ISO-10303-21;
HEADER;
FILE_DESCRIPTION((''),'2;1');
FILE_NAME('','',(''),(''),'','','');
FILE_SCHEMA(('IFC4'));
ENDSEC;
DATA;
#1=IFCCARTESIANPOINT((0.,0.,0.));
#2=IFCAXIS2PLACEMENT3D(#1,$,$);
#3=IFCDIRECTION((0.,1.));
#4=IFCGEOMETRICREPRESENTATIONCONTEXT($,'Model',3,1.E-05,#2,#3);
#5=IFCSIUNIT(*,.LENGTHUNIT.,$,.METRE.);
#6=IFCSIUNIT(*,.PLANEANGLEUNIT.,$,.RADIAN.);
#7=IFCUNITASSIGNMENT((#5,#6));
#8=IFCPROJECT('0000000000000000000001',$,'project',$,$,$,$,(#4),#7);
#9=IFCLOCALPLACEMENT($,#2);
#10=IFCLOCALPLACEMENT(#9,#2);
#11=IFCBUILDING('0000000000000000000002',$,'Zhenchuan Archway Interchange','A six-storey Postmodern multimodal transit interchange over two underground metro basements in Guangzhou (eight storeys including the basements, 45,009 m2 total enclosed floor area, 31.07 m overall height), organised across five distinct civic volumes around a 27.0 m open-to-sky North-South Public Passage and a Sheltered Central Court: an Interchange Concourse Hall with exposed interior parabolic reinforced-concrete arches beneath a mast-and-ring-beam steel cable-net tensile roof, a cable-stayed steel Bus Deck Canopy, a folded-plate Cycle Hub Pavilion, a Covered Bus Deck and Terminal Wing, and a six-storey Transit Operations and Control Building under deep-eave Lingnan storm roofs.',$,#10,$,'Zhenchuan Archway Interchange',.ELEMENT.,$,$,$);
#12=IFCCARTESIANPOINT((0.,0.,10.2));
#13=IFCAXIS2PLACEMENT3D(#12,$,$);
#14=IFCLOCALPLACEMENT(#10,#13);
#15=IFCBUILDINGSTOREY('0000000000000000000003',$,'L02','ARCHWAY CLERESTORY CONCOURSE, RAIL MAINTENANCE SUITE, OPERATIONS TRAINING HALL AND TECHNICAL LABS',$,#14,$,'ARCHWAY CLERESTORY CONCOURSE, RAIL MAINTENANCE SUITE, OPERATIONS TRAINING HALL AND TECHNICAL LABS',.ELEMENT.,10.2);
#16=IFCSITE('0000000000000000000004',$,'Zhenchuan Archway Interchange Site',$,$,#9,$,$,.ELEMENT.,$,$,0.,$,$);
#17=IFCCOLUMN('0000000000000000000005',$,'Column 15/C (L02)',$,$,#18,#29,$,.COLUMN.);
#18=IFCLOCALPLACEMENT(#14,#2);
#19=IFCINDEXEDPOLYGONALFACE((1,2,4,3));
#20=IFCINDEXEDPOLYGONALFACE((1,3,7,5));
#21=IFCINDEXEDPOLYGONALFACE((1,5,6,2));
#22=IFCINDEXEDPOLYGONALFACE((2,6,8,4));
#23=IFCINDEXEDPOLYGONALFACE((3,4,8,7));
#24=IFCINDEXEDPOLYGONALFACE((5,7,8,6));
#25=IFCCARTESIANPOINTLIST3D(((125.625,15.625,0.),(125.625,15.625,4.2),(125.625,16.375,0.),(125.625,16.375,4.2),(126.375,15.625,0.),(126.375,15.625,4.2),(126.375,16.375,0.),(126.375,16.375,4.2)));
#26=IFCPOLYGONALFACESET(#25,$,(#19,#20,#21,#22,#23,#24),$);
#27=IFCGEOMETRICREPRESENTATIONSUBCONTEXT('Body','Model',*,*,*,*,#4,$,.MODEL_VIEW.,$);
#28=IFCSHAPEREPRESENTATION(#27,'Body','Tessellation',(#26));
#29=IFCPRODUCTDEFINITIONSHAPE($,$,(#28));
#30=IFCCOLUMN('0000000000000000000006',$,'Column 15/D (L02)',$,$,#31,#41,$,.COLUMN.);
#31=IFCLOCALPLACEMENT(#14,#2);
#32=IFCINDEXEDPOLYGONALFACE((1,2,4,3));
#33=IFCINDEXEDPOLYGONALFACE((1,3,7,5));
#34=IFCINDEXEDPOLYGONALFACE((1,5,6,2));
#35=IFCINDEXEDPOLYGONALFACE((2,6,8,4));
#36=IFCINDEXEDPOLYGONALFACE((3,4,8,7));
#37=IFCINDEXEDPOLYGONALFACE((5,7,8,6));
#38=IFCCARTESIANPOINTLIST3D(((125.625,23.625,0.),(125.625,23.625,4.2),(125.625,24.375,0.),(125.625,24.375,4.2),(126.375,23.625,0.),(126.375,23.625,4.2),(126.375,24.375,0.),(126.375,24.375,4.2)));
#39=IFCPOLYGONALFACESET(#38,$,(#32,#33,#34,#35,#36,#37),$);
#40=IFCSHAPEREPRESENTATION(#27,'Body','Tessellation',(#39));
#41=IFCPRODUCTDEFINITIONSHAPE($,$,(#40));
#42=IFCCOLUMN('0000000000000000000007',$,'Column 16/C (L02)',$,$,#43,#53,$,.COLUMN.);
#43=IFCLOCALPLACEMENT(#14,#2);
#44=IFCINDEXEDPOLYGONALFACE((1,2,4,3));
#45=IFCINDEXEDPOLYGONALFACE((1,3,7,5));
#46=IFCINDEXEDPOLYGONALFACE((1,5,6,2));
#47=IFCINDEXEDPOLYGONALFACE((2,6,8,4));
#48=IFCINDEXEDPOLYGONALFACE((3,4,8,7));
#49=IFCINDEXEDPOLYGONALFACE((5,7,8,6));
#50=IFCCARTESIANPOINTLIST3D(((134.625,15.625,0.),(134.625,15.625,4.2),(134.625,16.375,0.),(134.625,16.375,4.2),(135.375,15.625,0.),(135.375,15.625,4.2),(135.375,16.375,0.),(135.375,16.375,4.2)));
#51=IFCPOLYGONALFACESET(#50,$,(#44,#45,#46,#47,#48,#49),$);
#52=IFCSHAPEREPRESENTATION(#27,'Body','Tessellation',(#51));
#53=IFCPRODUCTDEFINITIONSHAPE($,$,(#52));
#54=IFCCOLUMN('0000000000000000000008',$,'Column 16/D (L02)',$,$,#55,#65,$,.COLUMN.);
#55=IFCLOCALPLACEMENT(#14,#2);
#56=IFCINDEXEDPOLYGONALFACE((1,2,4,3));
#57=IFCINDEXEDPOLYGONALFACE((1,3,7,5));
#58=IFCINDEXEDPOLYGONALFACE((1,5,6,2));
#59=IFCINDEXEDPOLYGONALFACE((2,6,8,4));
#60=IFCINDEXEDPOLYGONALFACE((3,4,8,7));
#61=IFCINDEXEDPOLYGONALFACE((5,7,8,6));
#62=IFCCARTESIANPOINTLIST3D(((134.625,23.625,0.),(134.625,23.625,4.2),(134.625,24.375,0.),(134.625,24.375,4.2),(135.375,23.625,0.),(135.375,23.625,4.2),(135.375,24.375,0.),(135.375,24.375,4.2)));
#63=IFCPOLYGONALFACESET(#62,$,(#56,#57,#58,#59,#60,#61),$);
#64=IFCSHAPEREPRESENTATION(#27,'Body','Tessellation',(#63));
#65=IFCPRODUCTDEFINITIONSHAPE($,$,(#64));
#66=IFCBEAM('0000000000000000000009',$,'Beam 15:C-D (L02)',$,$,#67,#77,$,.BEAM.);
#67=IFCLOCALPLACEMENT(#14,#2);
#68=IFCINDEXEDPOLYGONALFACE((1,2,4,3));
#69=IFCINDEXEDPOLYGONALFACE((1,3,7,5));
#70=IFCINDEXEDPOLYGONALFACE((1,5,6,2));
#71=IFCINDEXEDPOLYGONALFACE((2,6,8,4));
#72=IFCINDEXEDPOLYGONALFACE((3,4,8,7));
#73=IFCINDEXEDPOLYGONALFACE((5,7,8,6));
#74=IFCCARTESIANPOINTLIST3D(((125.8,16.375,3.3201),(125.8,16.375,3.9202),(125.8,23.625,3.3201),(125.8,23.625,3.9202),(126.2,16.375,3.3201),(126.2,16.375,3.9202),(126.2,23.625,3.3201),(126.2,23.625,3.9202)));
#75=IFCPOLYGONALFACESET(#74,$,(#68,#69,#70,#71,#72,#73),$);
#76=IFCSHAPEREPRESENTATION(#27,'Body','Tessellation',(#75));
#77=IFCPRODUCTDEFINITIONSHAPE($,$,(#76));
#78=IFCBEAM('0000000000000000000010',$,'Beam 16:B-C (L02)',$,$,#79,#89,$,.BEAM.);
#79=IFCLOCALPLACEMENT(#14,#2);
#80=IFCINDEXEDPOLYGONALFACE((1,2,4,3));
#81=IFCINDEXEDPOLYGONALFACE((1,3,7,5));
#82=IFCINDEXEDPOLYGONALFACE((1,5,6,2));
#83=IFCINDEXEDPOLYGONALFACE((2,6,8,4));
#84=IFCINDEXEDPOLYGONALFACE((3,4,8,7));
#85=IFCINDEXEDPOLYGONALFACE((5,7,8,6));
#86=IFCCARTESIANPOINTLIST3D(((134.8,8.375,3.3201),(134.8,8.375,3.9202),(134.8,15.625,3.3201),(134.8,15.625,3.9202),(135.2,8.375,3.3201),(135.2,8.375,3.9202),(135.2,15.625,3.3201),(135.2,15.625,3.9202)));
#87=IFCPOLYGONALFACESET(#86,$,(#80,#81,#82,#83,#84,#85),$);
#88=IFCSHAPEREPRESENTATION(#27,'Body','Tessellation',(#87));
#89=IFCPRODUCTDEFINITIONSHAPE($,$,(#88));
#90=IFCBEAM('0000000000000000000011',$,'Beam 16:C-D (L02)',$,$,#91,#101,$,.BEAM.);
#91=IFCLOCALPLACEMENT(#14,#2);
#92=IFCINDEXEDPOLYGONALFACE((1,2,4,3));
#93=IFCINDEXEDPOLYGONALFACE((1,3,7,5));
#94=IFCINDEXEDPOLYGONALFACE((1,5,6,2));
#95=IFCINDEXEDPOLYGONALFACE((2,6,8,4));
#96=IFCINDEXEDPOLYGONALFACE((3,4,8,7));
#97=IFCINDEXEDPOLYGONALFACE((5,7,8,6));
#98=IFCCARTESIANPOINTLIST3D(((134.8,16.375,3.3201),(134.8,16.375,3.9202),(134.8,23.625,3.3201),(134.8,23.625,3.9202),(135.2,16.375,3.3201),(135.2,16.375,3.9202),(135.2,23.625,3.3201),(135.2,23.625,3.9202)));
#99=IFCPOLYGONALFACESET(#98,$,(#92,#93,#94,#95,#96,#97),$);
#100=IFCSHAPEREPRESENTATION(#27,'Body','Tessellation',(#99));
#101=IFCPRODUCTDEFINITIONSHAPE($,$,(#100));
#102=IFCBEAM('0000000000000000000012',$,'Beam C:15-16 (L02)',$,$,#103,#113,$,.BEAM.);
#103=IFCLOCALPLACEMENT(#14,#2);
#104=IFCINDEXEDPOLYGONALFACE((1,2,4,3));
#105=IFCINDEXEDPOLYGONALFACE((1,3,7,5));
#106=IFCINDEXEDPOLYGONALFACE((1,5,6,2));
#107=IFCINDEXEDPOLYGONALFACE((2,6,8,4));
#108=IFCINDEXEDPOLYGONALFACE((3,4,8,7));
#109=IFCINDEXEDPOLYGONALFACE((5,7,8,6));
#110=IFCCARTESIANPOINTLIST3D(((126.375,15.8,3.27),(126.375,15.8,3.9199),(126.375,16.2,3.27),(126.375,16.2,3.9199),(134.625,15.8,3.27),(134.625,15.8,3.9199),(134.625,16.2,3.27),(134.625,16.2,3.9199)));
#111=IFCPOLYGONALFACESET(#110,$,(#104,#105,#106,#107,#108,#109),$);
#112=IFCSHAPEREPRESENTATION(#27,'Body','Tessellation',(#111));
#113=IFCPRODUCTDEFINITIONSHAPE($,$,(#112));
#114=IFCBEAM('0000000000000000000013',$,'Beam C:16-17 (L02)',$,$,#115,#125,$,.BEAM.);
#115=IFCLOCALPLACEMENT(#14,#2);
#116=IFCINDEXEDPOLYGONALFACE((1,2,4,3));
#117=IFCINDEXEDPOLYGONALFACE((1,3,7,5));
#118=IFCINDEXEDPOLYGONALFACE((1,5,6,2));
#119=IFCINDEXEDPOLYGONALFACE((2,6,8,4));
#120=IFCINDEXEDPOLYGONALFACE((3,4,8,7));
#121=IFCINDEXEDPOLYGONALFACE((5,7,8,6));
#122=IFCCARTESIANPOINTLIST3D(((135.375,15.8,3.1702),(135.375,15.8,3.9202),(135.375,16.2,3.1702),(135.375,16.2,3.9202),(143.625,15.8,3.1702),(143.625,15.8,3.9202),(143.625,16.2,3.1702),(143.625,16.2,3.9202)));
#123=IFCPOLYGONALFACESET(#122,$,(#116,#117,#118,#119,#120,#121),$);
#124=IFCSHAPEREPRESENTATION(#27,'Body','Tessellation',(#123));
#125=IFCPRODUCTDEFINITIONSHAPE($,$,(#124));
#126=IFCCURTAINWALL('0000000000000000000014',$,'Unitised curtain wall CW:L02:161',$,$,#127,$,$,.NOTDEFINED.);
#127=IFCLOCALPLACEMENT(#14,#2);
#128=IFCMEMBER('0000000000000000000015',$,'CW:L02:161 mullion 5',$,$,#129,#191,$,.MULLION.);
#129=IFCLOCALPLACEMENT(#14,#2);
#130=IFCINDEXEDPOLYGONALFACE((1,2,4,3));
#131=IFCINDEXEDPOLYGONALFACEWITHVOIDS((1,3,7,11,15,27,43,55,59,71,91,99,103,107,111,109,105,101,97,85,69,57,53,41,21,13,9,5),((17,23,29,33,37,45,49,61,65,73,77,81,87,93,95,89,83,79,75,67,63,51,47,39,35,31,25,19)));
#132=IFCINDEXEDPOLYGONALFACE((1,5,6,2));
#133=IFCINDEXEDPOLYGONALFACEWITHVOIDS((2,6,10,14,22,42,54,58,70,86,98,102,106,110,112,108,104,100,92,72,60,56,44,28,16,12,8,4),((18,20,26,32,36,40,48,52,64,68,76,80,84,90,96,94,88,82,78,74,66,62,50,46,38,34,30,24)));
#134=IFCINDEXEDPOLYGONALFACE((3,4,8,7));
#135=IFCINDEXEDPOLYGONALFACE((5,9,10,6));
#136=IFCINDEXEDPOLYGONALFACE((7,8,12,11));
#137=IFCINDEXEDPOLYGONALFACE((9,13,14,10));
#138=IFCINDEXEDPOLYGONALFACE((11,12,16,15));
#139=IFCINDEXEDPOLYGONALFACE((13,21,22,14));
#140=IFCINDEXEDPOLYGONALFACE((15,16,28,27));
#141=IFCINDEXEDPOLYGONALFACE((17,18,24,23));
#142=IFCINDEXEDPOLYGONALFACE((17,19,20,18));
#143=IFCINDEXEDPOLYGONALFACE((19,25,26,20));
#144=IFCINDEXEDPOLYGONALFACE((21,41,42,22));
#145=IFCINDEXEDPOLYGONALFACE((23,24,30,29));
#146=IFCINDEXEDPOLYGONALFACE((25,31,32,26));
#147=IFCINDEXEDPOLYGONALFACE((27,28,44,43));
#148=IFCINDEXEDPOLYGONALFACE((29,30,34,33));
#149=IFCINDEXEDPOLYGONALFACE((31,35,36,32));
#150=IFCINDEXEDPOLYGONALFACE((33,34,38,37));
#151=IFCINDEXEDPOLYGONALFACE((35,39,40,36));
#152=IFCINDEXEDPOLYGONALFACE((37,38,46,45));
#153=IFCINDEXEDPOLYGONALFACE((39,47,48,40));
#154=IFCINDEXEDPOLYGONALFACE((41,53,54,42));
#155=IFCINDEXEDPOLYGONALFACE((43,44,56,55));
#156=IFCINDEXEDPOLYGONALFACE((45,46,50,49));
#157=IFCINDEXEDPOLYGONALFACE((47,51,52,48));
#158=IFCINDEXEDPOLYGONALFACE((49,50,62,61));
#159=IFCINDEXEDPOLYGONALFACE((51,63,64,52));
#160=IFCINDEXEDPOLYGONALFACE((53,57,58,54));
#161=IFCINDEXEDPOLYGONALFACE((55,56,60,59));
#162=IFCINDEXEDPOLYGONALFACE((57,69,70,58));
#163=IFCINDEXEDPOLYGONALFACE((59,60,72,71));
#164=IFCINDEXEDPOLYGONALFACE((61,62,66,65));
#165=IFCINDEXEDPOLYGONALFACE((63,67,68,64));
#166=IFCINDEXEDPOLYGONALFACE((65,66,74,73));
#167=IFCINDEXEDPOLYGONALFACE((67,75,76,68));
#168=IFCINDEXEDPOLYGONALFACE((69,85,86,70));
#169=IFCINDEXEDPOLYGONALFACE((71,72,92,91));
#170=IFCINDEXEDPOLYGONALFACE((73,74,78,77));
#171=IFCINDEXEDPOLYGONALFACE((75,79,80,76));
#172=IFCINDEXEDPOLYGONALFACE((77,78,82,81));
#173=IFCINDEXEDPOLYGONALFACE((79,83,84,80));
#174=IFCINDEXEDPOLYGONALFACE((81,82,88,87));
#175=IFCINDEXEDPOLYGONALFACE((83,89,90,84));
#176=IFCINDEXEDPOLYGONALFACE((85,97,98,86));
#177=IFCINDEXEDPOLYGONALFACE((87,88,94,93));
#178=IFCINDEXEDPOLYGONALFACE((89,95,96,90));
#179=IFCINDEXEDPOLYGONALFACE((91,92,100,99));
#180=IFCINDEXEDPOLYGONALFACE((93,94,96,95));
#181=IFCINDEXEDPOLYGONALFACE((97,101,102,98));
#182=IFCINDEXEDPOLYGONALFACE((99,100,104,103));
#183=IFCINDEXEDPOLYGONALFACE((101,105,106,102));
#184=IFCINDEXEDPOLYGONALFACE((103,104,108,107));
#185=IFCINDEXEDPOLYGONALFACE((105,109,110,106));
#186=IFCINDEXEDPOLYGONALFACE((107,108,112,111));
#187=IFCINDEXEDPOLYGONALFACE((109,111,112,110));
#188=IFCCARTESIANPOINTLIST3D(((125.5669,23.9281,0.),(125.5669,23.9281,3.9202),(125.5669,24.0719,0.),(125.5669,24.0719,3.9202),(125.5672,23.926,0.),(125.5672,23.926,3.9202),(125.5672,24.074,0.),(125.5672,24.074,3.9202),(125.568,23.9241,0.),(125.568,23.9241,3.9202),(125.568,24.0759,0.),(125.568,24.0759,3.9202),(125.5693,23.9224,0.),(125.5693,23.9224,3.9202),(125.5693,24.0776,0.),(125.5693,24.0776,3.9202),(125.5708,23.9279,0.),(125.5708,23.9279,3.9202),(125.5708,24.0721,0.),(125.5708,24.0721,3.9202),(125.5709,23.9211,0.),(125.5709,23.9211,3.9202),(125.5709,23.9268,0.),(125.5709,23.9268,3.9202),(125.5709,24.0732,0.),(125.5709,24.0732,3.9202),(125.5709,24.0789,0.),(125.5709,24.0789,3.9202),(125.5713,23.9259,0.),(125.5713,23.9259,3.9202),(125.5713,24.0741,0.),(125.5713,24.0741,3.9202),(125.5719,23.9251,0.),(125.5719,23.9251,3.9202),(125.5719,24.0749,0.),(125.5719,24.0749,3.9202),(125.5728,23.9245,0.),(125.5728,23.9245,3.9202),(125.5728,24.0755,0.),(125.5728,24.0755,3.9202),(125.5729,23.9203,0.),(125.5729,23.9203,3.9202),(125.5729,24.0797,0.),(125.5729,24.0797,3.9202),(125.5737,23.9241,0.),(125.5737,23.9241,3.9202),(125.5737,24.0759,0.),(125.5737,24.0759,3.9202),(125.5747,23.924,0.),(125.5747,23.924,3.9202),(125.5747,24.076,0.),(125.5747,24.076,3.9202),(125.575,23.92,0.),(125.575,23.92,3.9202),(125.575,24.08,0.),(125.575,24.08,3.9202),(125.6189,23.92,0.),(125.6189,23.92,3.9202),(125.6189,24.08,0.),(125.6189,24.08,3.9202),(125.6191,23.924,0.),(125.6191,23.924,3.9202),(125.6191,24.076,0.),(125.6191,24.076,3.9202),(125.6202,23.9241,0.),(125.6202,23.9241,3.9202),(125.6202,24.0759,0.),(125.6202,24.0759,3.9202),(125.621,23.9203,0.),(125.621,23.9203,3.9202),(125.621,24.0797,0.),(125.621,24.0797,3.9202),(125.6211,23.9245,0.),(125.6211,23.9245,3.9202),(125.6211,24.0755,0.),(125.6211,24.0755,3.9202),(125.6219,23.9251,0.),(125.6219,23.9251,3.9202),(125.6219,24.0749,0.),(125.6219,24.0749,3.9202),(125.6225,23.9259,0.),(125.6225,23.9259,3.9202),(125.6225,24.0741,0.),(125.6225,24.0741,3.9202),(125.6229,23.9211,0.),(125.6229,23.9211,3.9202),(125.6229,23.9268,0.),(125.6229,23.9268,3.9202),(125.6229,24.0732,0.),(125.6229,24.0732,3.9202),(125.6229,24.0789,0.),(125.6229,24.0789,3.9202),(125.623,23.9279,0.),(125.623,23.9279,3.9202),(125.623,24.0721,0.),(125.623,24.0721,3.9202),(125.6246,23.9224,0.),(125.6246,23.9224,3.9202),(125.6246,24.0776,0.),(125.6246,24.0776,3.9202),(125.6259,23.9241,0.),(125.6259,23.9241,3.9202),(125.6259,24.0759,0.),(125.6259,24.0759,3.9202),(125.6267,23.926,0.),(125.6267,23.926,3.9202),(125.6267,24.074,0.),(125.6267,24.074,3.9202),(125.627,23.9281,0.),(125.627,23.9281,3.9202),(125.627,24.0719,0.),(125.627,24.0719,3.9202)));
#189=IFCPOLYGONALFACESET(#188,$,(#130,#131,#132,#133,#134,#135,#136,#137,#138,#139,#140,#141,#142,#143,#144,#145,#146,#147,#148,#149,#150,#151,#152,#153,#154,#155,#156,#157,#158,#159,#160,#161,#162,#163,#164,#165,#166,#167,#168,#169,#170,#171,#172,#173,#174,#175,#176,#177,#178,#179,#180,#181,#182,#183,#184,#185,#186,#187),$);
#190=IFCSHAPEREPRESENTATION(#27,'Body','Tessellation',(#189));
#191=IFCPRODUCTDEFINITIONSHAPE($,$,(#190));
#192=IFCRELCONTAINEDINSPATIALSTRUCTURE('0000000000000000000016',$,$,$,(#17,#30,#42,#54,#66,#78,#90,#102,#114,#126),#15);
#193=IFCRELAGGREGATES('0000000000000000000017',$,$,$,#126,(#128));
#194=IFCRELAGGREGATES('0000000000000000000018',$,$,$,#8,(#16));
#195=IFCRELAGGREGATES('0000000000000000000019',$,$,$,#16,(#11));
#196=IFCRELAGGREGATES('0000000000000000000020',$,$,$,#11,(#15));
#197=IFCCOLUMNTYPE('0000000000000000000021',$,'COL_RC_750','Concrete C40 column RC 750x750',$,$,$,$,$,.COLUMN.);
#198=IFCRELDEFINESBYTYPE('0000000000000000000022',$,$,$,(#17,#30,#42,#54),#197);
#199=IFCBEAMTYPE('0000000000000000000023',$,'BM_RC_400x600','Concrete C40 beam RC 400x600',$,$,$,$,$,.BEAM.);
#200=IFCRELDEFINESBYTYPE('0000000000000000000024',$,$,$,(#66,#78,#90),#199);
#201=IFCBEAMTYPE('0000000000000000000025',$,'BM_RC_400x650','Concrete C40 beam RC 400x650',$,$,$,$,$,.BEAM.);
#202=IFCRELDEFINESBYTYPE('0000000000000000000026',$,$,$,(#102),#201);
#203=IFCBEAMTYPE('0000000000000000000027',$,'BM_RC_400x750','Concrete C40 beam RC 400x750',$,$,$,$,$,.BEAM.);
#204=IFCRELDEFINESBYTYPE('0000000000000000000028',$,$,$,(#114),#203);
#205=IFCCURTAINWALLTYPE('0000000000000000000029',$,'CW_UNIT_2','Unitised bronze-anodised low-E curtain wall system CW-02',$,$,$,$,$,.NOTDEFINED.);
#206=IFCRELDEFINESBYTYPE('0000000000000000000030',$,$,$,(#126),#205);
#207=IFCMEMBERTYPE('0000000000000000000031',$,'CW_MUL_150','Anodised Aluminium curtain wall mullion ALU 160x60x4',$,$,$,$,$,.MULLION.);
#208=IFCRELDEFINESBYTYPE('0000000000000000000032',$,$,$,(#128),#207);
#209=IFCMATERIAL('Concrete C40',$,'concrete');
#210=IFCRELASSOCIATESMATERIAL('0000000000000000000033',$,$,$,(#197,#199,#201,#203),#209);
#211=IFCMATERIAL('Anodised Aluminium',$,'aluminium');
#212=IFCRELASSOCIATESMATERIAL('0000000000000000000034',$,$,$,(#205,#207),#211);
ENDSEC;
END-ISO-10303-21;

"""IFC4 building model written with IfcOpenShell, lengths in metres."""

from ifc_helpers import new_model, si_unit, direction, frame, origin, origin_2d, place, context, subcontext, project, spatial, rectangle, hollow_rectangle, extrude, material, material_profile, profile_set, type_object, element, aggregate, save


model = new_model("IFC4")

# Units and contexts
model_context = context("Model", 3, precision=1e-05, world=origin(), true_north=direction((0.0, 1.0)))
body_context = subcontext(model_context, "Body", "Model", "MODEL_VIEW")
ifc_project = project(units=[si_unit("LENGTHUNIT", "METRE"), si_unit("PLANEANGLEUNIT", "RADIAN")], contexts=[model_context])

# Site, building, storey
site_placement = place(None, origin())
site = spatial("IfcSite", under=ifc_project, at=site_placement, Name="Zhenchuan Archway Interchange Site", CompositionType="ELEMENT", RefElevation=0.0)
building_placement = place(site_placement, origin())
building = spatial("IfcBuilding", under=site, at=building_placement, Name="Zhenchuan Archway Interchange", Description="A six-storey Postmodern multimodal transit interchange over two underground metro basements in Guangzhou (eight storeys including the basements, 45,009 m2 total enclosed floor area, 31.07 m overall height), organised across five distinct civic volumes around a 27.0 m open-to-sky North-South Public Passage and a Sheltered Central Court: an Interchange Concourse Hall with exposed interior parabolic reinforced-concrete arches beneath a mast-and-ring-beam steel cable-net tensile roof, a cable-stayed steel Bus Deck Canopy, a folded-plate Cycle Hub Pavilion, a Covered Bus Deck and Terminal Wing, and a six-storey Transit Operations and Control Building under deep-eave Lingnan storm roofs.", LongName="Zhenchuan Archway Interchange", CompositionType="ELEMENT")
storey_placement = place(building_placement, frame((0.0, 0.0, 10.2)))
storey = spatial("IfcBuildingStorey", under=building, at=storey_placement, Name="L02", Description="ARCHWAY CLERESTORY CONCOURSE, RAIL MAINTENANCE SUITE, OPERATIONS TRAINING HALL AND TECHNICAL LABS", LongName="ARCHWAY CLERESTORY CONCOURSE, RAIL MAINTENANCE SUITE, OPERATIONS TRAINING HALL AND TECHNICAL LABS", CompositionType="ELEMENT", Elevation=10.2)

# Columns
ifc_material_1 = material(Name="Concrete C40", Category="concrete")
ifc_material_profile_1 = material_profile(ifc_material_1, rectangle(XDim=0.75, YDim=0.75, at=origin_2d()), Name="RC 750x750")
ifc_profile_set_1 = profile_set([ifc_material_profile_1], Name="Concrete C40")
column_type = type_object("IfcColumnType", Name="COL_RC_750", Description="Concrete C40 column RC 750x750", PredefinedType="COLUMN", material=ifc_profile_set_1)
for number, where, z_axis, x_axis, name in (
    (1, (126.0, 16.0, 0.0), (0.0, 0.0, 1.0), (1.0, 0.0, 0.0), "Column 15/C (L02)"),
    (2, (126.0, 24.0, 0.0), (0.0, 0.0, 1.0), (1.0, 0.0, 0.0), "Column 15/D (L02)"),
    (3, (135.0, 16.0, 0.0), (0.0, 0.0, 1.0), (1.0, 0.0, 0.0), "Column 16/C (L02)"),
    (4, (135.0, 24.0, 0.0), (0.0, 0.0, 1.0), (1.0, 0.0, 0.0), "Column 16/D (L02)"),
):
    element("IfcColumn", number, at=place(storey_placement, frame(where, z_axis=z_axis, x_axis=x_axis)), inside=storey, type_object=column_type, Name=name, PredefinedType="COLUMN", context=body_context, shape_type="SweptSolid", body=[
        extrude(rectangle(XDim=0.75, YDim=0.75, at=origin_2d()), origin(), (0.0, 0.0, 1.0), 4.2),
    ])

# Beams
ifc_material_profile_2 = material_profile(ifc_material_1, rectangle(XDim=0.3999, YDim=0.6001, at=origin_2d()), Name="RC 400x600")
ifc_profile_set_2 = profile_set([ifc_material_profile_2], Name="Concrete C40")
beam_type_1 = type_object("IfcBeamType", Name="BM_RC_400x600", Description="Concrete C40 beam RC 400x600", PredefinedType="BEAM", material=ifc_profile_set_2)
for number, where, z_axis, x_axis, name in (
    (5, (126.0, 16.375, 3.6201), (0.0, 1.0, 0.0), (-1.0, 0.0, 0.0), "Beam 15:C-D (L02)"),
    (6, (135.0, 8.375, 3.6201), (0.0, 1.0, 0.0), (-1.0, 0.0, 0.0), "Beam 16:B-C (L02)"),
    (7, (135.0, 16.375, 3.6201), (0.0, 1.0, 0.0), (-1.0, 0.0, 0.0), "Beam 16:C-D (L02)"),
):
    element("IfcBeam", number, at=place(storey_placement, frame(where, z_axis=z_axis, x_axis=x_axis)), inside=storey, type_object=beam_type_1, Name=name, PredefinedType="BEAM", context=body_context, shape_type="SweptSolid", body=[
        extrude(rectangle(XDim=0.3999, YDim=0.6001, at=origin_2d()), origin(), (0.0, 0.0, 1.0), 7.25),
    ])
ifc_material_profile_3 = material_profile(ifc_material_1, rectangle(XDim=0.3999, YDim=0.6499, at=origin_2d()), Name="RC 400x650")
ifc_profile_set_3 = profile_set([ifc_material_profile_3], Name="Concrete C40")
beam_type_2 = type_object("IfcBeamType", Name="BM_RC_400x650", Description="Concrete C40 beam RC 400x650", PredefinedType="BEAM", material=ifc_profile_set_3)
beam_1_placement = place(storey_placement, frame((126.375, 16.0, 3.595), z_axis=(1.0, 0.0, 0.0), x_axis=(0.0, 1.0, 0.0)))
element("IfcBeam", 8, at=beam_1_placement, inside=storey, type_object=beam_type_2, Name="Beam C:15-16 (L02)", PredefinedType="BEAM", context=body_context, shape_type="SweptSolid", body=[
    extrude(rectangle(XDim=0.3999, YDim=0.6499, at=origin_2d()), origin(), (0.0, 0.0, 1.0), 8.25),
])
ifc_material_profile_4 = material_profile(ifc_material_1, rectangle(XDim=0.3999, YDim=0.75, at=origin_2d()), Name="RC 400x750")
ifc_profile_set_4 = profile_set([ifc_material_profile_4], Name="Concrete C40")
beam_type_3 = type_object("IfcBeamType", Name="BM_RC_400x750", Description="Concrete C40 beam RC 400x750", PredefinedType="BEAM", material=ifc_profile_set_4)
beam_2_placement = place(storey_placement, frame((135.375, 16.0, 3.5452), z_axis=(1.0, 0.0, 0.0), x_axis=(0.0, 1.0, 0.0)))
element("IfcBeam", 9, at=beam_2_placement, inside=storey, type_object=beam_type_3, Name="Beam C:16-17 (L02)", PredefinedType="BEAM", context=body_context, shape_type="SweptSolid", body=[
    extrude(rectangle(XDim=0.3999, YDim=0.75, at=origin_2d()), origin(), (0.0, 0.0, 1.0), 8.25),
])

# Curtain wall, member
ifc_material_2 = material(Name="Anodised Aluminium", Category="aluminium")
curtain_wall_type_1 = type_object("IfcCurtainWallType", Name="CW_UNIT_2", Description="Unitised bronze-anodised low-E curtain wall system CW-02", PredefinedType="NOTDEFINED", material=ifc_material_2)
curtain_wall_1_placement = place(storey_placement, origin())
curtain_wall_1 = element("IfcCurtainWall", 10, at=curtain_wall_1_placement, inside=storey, type_object=curtain_wall_type_1, Name="Unitised curtain wall CW:L02:161", PredefinedType="NOTDEFINED")
ifc_material_profile_5 = material_profile(ifc_material_2, hollow_rectangle(XDim=0.0601, YDim=0.1599, WallThickness=0.0039, InnerFilletRadius=0.0039, OuterFilletRadius=0.0081, at=origin_2d()), Name="ALU 160x60x4")
ifc_profile_set_5 = profile_set([ifc_material_profile_5], Name="Anodised Aluminium")
member_type = type_object("IfcMemberType", Name="CW_MUL_150", Description="Anodised Aluminium curtain wall mullion ALU 160x60x4", PredefinedType="MULLION", material=ifc_profile_set_5)
member_1_placement = place(storey_placement, frame((125.5969, 24.0, 0.0), z_axis=(0.0, 0.0, 1.0), x_axis=(1.0, 0.0, 0.0)))
member_1 = element("IfcMember", 11, at=member_1_placement, type_object=member_type, Name="CW:L02:161 mullion 5", PredefinedType="MULLION", context=body_context, shape_type="SweptSolid", body=[
    extrude(hollow_rectangle(XDim=0.0601, YDim=0.1599, WallThickness=0.0039, InnerFilletRadius=0.0039, OuterFilletRadius=0.0081, at=origin_2d()), origin(), (0.0, 0.0, 1.0), 3.9202),
])

aggregate(curtain_wall_1, [member_1])

save(model, "model.ifc")
